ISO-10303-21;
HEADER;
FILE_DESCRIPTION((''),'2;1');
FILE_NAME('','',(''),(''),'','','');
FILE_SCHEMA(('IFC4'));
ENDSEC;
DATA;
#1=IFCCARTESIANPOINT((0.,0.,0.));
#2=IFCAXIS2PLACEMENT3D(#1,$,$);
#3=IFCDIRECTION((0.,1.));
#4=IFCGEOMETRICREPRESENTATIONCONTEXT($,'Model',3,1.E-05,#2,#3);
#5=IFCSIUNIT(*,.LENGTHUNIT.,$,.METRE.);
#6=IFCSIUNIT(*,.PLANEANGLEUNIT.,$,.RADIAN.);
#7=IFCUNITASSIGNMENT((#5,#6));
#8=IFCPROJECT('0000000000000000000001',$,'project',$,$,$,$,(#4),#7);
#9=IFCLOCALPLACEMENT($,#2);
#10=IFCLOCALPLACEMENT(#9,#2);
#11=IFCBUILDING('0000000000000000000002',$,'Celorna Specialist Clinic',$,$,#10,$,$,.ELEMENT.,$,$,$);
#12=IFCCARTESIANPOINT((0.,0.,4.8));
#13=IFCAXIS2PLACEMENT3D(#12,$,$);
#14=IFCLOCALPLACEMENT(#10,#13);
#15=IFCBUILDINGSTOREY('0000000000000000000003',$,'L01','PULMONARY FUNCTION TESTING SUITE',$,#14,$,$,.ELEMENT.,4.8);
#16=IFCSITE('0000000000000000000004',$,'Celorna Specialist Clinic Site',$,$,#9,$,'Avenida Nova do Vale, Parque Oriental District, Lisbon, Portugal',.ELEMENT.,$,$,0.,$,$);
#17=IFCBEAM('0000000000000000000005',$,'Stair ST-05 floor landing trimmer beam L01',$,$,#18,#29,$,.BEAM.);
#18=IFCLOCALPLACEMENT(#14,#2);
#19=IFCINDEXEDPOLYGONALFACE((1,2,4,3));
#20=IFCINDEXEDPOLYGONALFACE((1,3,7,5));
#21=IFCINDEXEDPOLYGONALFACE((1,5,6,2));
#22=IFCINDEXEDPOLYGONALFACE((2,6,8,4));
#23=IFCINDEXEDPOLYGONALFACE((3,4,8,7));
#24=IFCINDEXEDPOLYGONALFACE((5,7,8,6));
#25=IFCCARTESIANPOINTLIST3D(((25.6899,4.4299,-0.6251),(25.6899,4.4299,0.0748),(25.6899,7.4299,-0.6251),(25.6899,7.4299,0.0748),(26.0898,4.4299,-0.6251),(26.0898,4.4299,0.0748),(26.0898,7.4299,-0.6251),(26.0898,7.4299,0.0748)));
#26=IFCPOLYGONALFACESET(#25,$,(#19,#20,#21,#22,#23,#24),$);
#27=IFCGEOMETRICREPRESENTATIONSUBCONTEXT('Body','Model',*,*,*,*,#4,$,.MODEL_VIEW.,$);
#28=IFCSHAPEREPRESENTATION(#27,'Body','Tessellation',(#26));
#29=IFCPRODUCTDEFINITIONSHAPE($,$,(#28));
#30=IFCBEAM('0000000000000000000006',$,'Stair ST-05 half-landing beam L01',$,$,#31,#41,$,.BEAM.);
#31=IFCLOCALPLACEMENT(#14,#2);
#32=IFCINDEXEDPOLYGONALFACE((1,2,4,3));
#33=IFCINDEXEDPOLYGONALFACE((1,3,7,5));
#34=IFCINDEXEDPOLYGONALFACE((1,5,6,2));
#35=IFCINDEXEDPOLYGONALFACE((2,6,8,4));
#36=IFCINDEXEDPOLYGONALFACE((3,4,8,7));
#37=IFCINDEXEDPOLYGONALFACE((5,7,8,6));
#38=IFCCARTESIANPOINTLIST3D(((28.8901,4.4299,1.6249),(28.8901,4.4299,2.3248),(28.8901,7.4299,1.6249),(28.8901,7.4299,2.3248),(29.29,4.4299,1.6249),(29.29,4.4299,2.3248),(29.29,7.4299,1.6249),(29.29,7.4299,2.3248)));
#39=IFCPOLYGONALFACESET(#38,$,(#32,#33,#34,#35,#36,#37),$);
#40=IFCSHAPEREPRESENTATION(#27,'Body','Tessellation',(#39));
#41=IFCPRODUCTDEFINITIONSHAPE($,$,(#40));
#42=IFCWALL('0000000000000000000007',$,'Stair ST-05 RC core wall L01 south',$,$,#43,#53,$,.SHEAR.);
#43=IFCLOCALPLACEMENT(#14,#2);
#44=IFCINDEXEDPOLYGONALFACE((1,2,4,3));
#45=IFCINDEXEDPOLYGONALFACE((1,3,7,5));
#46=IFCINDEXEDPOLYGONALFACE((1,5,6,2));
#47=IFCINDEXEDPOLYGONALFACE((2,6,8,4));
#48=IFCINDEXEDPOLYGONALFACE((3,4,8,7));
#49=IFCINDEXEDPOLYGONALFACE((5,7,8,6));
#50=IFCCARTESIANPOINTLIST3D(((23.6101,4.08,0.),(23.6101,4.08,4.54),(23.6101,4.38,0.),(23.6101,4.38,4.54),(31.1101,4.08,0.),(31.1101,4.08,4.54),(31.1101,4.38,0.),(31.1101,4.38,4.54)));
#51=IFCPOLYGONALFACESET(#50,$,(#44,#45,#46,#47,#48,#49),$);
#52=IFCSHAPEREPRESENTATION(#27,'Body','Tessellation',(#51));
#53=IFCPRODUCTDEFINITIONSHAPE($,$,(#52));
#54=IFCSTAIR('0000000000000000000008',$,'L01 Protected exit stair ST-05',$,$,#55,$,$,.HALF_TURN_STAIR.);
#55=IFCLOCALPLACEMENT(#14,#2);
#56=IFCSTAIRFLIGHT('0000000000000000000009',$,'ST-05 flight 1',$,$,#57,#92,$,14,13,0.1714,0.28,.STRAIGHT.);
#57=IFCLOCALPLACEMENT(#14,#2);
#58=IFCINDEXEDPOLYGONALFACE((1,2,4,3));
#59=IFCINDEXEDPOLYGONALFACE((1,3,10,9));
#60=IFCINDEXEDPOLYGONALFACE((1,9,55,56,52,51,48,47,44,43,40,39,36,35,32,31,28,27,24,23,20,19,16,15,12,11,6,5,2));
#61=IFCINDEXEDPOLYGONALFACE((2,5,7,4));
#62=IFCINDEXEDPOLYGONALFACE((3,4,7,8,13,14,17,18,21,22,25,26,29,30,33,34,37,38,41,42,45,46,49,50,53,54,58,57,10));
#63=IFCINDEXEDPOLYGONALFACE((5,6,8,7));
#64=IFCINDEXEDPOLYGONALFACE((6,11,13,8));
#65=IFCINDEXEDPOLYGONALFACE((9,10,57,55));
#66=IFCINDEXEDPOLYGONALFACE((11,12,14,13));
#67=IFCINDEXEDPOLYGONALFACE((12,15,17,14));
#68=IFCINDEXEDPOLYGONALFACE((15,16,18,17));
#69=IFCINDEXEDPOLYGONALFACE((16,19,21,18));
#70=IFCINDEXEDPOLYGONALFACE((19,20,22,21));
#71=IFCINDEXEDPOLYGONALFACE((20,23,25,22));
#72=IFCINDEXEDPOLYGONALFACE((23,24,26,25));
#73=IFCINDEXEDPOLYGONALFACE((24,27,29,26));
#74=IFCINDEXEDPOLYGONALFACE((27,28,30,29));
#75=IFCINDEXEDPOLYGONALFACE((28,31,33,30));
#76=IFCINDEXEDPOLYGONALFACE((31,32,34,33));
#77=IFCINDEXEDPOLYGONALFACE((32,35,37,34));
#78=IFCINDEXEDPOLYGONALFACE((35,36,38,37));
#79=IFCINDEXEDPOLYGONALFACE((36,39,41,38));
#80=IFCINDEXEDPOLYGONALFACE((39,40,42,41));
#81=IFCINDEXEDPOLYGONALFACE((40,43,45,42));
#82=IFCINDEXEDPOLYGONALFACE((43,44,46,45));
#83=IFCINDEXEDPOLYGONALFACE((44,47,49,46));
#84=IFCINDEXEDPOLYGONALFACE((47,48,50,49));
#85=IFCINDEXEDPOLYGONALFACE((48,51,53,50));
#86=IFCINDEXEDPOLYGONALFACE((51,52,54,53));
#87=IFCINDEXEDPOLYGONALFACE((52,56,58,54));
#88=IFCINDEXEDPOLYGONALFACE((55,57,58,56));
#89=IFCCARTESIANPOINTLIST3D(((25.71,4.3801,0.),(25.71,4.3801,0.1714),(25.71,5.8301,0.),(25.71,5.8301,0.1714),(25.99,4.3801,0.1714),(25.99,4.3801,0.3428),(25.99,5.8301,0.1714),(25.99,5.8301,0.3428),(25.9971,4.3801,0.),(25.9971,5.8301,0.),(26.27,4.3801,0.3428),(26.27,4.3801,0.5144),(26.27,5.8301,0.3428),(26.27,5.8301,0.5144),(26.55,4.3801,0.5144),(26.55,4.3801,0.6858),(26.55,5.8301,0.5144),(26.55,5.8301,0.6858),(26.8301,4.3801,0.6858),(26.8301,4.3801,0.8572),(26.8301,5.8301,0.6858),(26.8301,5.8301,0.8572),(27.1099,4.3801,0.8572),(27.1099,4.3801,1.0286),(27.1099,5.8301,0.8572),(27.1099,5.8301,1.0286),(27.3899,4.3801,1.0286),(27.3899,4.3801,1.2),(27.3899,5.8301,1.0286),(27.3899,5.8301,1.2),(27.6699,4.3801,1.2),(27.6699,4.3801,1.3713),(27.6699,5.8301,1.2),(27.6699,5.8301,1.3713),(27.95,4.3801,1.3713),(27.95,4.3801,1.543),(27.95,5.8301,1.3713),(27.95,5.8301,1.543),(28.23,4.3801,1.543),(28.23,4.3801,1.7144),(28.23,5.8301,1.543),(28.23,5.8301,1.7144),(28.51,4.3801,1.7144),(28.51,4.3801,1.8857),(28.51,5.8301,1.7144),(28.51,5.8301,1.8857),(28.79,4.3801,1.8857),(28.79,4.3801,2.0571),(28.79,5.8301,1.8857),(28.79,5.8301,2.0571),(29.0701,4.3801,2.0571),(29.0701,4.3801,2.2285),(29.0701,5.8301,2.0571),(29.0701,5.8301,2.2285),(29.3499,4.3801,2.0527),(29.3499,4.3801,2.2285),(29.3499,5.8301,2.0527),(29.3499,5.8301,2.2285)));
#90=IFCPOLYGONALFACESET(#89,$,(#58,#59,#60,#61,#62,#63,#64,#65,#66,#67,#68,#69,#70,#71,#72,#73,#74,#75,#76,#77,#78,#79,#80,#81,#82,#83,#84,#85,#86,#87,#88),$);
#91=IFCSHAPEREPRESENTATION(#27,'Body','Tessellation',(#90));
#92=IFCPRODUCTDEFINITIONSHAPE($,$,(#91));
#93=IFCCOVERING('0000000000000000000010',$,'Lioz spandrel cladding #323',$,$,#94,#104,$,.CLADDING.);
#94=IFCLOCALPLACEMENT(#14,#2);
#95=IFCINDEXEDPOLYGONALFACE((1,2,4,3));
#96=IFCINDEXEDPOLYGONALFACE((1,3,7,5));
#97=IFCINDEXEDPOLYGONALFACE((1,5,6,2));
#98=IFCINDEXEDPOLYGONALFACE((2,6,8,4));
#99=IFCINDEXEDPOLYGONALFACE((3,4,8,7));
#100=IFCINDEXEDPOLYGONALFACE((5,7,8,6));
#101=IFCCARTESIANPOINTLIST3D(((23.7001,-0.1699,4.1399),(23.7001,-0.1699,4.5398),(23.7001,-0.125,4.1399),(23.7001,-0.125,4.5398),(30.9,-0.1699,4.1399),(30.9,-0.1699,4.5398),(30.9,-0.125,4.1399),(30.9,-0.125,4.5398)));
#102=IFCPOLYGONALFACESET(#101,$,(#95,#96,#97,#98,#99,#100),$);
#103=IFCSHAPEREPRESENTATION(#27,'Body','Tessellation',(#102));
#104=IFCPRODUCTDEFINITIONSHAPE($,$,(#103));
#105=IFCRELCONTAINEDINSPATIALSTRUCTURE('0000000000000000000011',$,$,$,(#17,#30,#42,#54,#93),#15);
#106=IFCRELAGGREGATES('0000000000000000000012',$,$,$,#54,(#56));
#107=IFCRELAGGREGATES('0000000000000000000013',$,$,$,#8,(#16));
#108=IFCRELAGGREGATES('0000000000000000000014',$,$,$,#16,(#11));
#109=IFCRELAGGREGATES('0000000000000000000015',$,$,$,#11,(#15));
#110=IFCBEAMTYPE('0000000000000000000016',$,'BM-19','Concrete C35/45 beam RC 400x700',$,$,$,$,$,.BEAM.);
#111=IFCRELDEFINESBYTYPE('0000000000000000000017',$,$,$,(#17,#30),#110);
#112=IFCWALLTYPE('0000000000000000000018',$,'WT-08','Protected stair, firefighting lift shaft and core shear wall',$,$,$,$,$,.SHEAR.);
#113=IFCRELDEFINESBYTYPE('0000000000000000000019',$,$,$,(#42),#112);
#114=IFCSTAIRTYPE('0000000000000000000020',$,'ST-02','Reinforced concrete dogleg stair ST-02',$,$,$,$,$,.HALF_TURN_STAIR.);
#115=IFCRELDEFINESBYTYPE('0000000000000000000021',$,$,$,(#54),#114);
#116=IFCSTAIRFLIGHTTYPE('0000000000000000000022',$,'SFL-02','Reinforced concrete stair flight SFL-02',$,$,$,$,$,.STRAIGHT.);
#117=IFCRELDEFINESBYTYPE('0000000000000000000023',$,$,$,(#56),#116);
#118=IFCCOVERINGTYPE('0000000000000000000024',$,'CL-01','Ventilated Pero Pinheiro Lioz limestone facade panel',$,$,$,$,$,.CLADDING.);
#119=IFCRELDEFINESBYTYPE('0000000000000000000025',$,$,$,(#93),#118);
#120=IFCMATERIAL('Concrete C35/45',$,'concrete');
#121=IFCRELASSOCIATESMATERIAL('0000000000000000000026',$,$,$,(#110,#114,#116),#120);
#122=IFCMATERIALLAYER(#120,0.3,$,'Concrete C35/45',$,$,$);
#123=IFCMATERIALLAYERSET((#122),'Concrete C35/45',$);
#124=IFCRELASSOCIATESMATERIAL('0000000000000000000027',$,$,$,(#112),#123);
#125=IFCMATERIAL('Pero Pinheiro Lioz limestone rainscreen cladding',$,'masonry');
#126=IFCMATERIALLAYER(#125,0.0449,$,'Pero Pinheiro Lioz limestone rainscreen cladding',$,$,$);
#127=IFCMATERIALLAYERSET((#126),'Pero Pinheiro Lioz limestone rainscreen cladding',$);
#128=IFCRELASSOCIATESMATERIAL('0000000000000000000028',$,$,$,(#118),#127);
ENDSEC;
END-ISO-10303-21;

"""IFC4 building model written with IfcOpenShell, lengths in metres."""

from ifc_helpers import new_model, si_unit, direction, frame, frame_2d, origin, origin_2d, place, context, subcontext, project, spatial, polyline, rectangle, outline, extrude, material, layer, layer_set, material_profile, profile_set, type_object, element, aggregate, save


model = new_model("IFC4")

# Units and contexts
model_context = context("Model", 3, precision=1e-05, world=origin(), true_north=direction((0.0, 1.0)))
body_context = subcontext(model_context, "Body", "Model", "MODEL_VIEW")
ifc_project = project(units=[si_unit("LENGTHUNIT", "METRE"), si_unit("PLANEANGLEUNIT", "RADIAN")], contexts=[model_context])

# Site, building, storey
site_placement = place(None, origin())
site = spatial("IfcSite", under=ifc_project, at=site_placement, Name="Celorna Specialist Clinic Site", LongName="Avenida Nova do Vale, Parque Oriental District, Lisbon, Portugal", CompositionType="ELEMENT", RefElevation=0.0)
building_placement = place(site_placement, origin())
building = spatial("IfcBuilding", under=site, at=building_placement, Name="Celorna Specialist Clinic", CompositionType="ELEMENT")
storey_placement = place(building_placement, frame((0.0, 0.0, 4.8)))
storey = spatial("IfcBuildingStorey", under=building, at=storey_placement, Name="L01", Description="PULMONARY FUNCTION TESTING SUITE", CompositionType="ELEMENT", Elevation=4.8)

# Shared definitions
ifc_material_1 = material(Name="Concrete C35/45", Category="concrete")

# Beams
ifc_material_profile_1 = material_profile(ifc_material_1, rectangle(XDim=0.3999, YDim=0.7, at=origin_2d()), Name="RC 400x700")
ifc_profile_set_1 = profile_set([ifc_material_profile_1], Name="Concrete C35/45")
beam_type_1 = type_object("IfcBeamType", Name="BM-19", Description="Concrete C35/45 beam RC 400x700", PredefinedType="BEAM", material=ifc_profile_set_1)
for number, where, z_axis, x_axis, name in (
    (1, (25.8899, 4.4299, -0.2751), (0.0, 1.0, 0.0), (-1.0, 0.0, 0.0), "Stair ST-05 floor landing trimmer beam L01"),
    (2, (29.0901, 4.4299, 1.9749), (0.0, 1.0, 0.0), (-1.0, 0.0, 0.0), "Stair ST-05 half-landing beam L01"),
):
    element("IfcBeam", number, at=place(storey_placement, frame(where, z_axis=z_axis, x_axis=x_axis)), inside=storey, type_object=beam_type_1, Name=name, PredefinedType="BEAM", context=body_context, shape_type="SweptSolid", body=[
        extrude(rectangle(XDim=0.3999, YDim=0.7, at=origin_2d()), origin(), (0.0, 0.0, 1.0), 3.0),
    ])

# Wall
ifc_layer_1 = layer(ifc_material_1, 0.3, Name="Concrete C35/45")
ifc_layer_set_1 = layer_set([ifc_layer_1], Name="Concrete C35/45")
wall_type = type_object("IfcWallType", Name="WT-08", Description="Protected stair, firefighting lift shaft and core shear wall", PredefinedType="SHEAR", material=ifc_layer_set_1)
wall_placement = place(storey_placement, frame((23.6101, 4.23, 0.0), z_axis=(0.0, 0.0, 1.0), x_axis=(1.0, 0.0, 0.0)))
element("IfcWall", 3, at=wall_placement, inside=storey, type_object=wall_type, Name="Stair ST-05 RC core wall L01 south", PredefinedType="SHEAR", context=body_context, shape_type="SweptSolid", body=[
    extrude(rectangle(XDim=7.5, YDim=0.3, at=frame_2d((3.75, 0.0))), origin(), (0.0, 0.0, 1.0), 4.54),
])

# Stair, stair flight
stair_type = type_object("IfcStairType", Name="ST-02", Description="Reinforced concrete dogleg stair ST-02", PredefinedType="HALF_TURN_STAIR", material=ifc_material_1)
stair_placement = place(storey_placement, origin())
stair = element("IfcStair", 4, at=stair_placement, inside=storey, type_object=stair_type, Name="L01 Protected exit stair ST-05", PredefinedType="HALF_TURN_STAIR")
stair_flight_type = type_object("IfcStairFlightType", Name="SFL-02", Description="Reinforced concrete stair flight SFL-02", PredefinedType="STRAIGHT", material=ifc_material_1)
stair_flight_placement = place(storey_placement, frame((25.71, 5.105, 0.0), z_axis=(0.0, 0.0, 1.0), x_axis=(1.0, 0.0, 0.0)))
stair_flight = element("IfcStairFlight", 5, at=stair_flight_placement, type_object=stair_flight_type, Name="ST-05 flight 1", NumberOfRisers=14, NumberOfTreads=13, PredefinedType="STRAIGHT", RiserHeight=0.1714, TreadLength=0.28, context=body_context, shape_type="SweptSolid", body=[
    extrude(outline(polyline([(0.0, 0.0), (0.0, 0.1714), (0.28, 0.1714), (0.28, 0.3428), (0.5601, 0.3428), (0.5601, 0.5144), (0.8401, 0.5144), (0.8401, 0.6858), (1.1201, 0.6858), (1.1201, 0.8572), (1.3999, 0.8572), (1.3999, 1.0286), (1.6799, 1.0286), (1.6799, 1.2), (1.96, 1.2), (1.96, 1.3713), (2.24, 1.3713), (2.24, 1.543), (2.52, 1.543), (2.52, 1.7144), (2.8, 1.7144), (2.8, 1.8857), (3.0801, 1.8857), (3.0801, 2.0571), (3.3601, 2.0571), (3.3601, 2.2285), (3.6399, 2.2285), (3.6399, 2.3999), (3.6399, 2.0527), (0.2871, 0.0), (0.0, 0.0)])), frame((0.0, 0.7251, 0.0), z_axis=(0.0, -1.0, 0.0), x_axis=(1.0, 0.0, 0.0)), (0.0, 0.0, 1.0), 1.45),
])
aggregate(stair, [stair_flight])

# Covering
ifc_material_2 = material(Name="Pero Pinheiro Lioz limestone rainscreen cladding", Category="masonry")
ifc_layer_2 = layer(ifc_material_2, 0.0449, Name="Pero Pinheiro Lioz limestone rainscreen cladding")
ifc_layer_set_2 = layer_set([ifc_layer_2], Name="Pero Pinheiro Lioz limestone rainscreen cladding")
covering_type = type_object("IfcCoveringType", Name="CL-01", Description="Ventilated Pero Pinheiro Lioz limestone facade panel", PredefinedType="CLADDING", material=ifc_layer_set_2)
covering_placement = place(storey_placement, frame((27.3, -0.1475, 4.1399), z_axis=(0.0, 0.0, 1.0), x_axis=(-1.0, 0.0, 0.0)))
element("IfcCovering", 6, at=covering_placement, inside=storey, type_object=covering_type, Name="Lioz spandrel cladding #323", PredefinedType="CLADDING", context=body_context, shape_type="SweptSolid", body=[
    extrude(rectangle(XDim=7.2, YDim=0.0449, at=origin_2d()), origin(), (0.0, 0.0, 1.0), 0.3999),
])

save(model, "model.ifc")
